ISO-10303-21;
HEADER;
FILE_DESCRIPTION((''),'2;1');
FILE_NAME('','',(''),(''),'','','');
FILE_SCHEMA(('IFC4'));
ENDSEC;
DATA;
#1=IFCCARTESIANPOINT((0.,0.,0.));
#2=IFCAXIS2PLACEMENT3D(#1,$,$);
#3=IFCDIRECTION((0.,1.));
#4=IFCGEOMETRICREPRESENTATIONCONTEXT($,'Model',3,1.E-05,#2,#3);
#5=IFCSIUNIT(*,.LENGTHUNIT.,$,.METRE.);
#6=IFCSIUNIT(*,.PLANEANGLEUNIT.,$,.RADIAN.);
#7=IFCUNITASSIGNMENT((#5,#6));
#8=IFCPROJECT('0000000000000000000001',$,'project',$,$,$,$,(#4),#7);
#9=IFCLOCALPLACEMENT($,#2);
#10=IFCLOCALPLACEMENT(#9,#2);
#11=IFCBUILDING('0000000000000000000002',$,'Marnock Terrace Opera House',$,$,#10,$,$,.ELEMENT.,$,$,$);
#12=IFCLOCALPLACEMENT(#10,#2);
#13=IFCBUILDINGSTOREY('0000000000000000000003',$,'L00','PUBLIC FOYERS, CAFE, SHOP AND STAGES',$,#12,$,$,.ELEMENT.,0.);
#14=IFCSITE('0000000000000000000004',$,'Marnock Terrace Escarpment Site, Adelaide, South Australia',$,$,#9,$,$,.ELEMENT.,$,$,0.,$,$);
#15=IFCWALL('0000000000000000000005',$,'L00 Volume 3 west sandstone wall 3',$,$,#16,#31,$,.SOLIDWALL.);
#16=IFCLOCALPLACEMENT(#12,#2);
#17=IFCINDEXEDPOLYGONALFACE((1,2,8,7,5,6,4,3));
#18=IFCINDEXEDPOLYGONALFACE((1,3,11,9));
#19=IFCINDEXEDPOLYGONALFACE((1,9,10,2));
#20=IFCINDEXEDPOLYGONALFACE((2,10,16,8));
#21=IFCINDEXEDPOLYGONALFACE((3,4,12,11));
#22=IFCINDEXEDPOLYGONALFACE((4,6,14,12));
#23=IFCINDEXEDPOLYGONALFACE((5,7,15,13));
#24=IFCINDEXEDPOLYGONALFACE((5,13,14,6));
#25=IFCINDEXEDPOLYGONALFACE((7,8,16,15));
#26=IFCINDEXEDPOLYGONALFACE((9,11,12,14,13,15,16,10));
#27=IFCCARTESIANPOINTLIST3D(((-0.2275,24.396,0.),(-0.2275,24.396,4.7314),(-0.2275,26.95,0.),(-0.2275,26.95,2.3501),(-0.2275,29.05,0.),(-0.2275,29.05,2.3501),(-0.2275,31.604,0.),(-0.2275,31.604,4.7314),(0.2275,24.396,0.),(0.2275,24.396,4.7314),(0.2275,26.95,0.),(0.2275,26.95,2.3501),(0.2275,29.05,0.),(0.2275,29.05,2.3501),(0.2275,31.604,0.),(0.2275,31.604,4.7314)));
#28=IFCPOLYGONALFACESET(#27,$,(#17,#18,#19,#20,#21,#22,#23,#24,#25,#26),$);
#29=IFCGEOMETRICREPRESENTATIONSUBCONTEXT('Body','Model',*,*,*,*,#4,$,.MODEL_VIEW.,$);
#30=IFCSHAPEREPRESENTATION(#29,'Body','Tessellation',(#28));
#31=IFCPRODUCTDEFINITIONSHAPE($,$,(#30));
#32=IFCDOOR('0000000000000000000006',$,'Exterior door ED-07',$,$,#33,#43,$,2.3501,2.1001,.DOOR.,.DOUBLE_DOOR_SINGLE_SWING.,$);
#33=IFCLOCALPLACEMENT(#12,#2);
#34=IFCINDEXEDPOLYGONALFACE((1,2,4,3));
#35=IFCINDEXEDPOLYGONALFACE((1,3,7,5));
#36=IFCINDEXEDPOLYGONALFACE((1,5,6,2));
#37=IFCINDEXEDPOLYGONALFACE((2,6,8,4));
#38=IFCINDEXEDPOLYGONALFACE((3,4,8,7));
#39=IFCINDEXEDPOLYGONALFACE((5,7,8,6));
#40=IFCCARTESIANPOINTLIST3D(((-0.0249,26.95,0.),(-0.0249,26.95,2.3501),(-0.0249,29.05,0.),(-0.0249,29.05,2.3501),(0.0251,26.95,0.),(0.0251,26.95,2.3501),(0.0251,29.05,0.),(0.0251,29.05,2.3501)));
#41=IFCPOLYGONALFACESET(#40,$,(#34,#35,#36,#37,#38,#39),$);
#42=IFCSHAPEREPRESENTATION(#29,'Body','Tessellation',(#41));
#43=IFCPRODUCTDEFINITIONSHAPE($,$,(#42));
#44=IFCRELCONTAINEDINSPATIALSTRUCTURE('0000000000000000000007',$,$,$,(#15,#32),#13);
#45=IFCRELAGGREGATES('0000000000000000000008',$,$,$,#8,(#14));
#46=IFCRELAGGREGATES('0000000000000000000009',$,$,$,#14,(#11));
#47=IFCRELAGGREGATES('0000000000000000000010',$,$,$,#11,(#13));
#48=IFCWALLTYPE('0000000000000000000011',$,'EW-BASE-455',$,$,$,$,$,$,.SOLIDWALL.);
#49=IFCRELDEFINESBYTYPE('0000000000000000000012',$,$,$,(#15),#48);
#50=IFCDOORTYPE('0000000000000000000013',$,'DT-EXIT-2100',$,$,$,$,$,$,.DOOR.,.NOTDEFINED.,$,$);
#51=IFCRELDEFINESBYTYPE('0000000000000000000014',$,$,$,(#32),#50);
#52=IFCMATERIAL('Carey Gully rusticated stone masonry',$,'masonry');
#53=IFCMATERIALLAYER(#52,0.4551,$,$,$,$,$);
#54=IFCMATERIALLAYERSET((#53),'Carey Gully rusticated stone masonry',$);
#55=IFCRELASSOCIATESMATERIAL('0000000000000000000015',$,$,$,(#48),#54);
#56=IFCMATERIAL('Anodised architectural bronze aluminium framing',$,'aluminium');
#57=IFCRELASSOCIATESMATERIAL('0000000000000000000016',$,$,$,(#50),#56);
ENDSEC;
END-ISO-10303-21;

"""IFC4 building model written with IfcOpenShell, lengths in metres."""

from ifc_helpers import new_model, si_unit, direction, frame, frame_2d, origin, place, context, subcontext, project, spatial, rectangle, extrude, material, layer, layer_set, type_object, element, fill, save


model = new_model("IFC4")

# Units and contexts
model_context = context("Model", 3, precision=1e-05, world=origin(), true_north=direction((0.0, 1.0)))
body_context = subcontext(model_context, "Body", "Model", "MODEL_VIEW")
ifc_project = project(units=[si_unit("LENGTHUNIT", "METRE"), si_unit("PLANEANGLEUNIT", "RADIAN")], contexts=[model_context])

# Site, building, storey
site_placement = place(None, origin())
site = spatial("IfcSite", under=ifc_project, at=site_placement, Name="Marnock Terrace Escarpment Site, Adelaide, South Australia", CompositionType="ELEMENT", RefElevation=0.0)
building_placement = place(site_placement, origin())
building = spatial("IfcBuilding", under=site, at=building_placement, Name="Marnock Terrace Opera House", CompositionType="ELEMENT")
storey_placement = place(building_placement, origin())
storey = spatial("IfcBuildingStorey", under=building, at=storey_placement, Name="L00", Description="PUBLIC FOYERS, CAFE, SHOP AND STAGES", CompositionType="ELEMENT", Elevation=0.0)

# Shared definitions
ifc_material_1 = material(Name="Carey Gully rusticated stone masonry", Category="masonry")
ifc_layer = layer(ifc_material_1, 0.4551)
ifc_layer_set = layer_set([ifc_layer], Name="Carey Gully rusticated stone masonry")
wall_type = type_object("IfcWallType", Name="EW-BASE-455", PredefinedType="SOLIDWALL", material=ifc_layer_set)

# Wall, opening, door
wall_1_placement = place(storey_placement, frame((0.0, 24.396, 0.0), z_axis=(0.0, 0.0, 1.0), x_axis=(0.0, 1.0, 0.0)))
wall_1 = element("IfcWall", 1, at=wall_1_placement, inside=storey, type_object=wall_type, Name="L00 Volume 3 west sandstone wall 3", PredefinedType="SOLIDWALL", context=body_context, shape_type="SweptSolid", body=[
    extrude(rectangle(XDim=7.208, YDim=0.4551, at=frame_2d((3.604, 0.0))), origin(), (0.0, 0.0, 1.0), 4.7314),
])
opening_1_placement = place(wall_1_placement, frame((2.554, 0.0, 0.0)))
opening_1 = element("IfcOpeningElement", 2, at=opening_1_placement, cuts=wall_1, PredefinedType="OPENING", context=body_context, shape_type="SweptSolid", body=[
    extrude(rectangle(XDim=2.1001, YDim=2.3501, at=frame_2d((1.05, 1.175))), frame((0.0, 0.2375, 0.0), z_axis=(0.0, -1.0, 0.0), x_axis=(1.0, 0.0, 0.0)), (0.0, 0.0, 1.0), 0.4751),
])
ifc_material_2 = material(Name="Anodised architectural bronze aluminium framing", Category="aluminium")
door_type = type_object("IfcDoorType", Name="DT-EXIT-2100", OperationType="NOTDEFINED", PredefinedType="DOOR", material=ifc_material_2)
door_placement = place(opening_1_placement, origin())
door = element("IfcDoor", 3, at=door_placement, inside=storey, type_object=door_type, Name="Exterior door ED-07", OperationType="DOUBLE_DOOR_SINGLE_SWING", OverallHeight=2.3501, OverallWidth=2.1001, PredefinedType="DOOR", context=body_context, shape_type="SweptSolid", body=[
    extrude(rectangle(XDim=2.1001, YDim=2.3501, at=frame_2d((1.05, 1.175))), frame((0.0, 0.0249, 0.0), z_axis=(0.0, -1.0, 0.0), x_axis=(1.0, 0.0, 0.0)), (0.0, 0.0, 1.0), 0.05),
])
fill(opening_1, door)

save(model, "model.ifc")
